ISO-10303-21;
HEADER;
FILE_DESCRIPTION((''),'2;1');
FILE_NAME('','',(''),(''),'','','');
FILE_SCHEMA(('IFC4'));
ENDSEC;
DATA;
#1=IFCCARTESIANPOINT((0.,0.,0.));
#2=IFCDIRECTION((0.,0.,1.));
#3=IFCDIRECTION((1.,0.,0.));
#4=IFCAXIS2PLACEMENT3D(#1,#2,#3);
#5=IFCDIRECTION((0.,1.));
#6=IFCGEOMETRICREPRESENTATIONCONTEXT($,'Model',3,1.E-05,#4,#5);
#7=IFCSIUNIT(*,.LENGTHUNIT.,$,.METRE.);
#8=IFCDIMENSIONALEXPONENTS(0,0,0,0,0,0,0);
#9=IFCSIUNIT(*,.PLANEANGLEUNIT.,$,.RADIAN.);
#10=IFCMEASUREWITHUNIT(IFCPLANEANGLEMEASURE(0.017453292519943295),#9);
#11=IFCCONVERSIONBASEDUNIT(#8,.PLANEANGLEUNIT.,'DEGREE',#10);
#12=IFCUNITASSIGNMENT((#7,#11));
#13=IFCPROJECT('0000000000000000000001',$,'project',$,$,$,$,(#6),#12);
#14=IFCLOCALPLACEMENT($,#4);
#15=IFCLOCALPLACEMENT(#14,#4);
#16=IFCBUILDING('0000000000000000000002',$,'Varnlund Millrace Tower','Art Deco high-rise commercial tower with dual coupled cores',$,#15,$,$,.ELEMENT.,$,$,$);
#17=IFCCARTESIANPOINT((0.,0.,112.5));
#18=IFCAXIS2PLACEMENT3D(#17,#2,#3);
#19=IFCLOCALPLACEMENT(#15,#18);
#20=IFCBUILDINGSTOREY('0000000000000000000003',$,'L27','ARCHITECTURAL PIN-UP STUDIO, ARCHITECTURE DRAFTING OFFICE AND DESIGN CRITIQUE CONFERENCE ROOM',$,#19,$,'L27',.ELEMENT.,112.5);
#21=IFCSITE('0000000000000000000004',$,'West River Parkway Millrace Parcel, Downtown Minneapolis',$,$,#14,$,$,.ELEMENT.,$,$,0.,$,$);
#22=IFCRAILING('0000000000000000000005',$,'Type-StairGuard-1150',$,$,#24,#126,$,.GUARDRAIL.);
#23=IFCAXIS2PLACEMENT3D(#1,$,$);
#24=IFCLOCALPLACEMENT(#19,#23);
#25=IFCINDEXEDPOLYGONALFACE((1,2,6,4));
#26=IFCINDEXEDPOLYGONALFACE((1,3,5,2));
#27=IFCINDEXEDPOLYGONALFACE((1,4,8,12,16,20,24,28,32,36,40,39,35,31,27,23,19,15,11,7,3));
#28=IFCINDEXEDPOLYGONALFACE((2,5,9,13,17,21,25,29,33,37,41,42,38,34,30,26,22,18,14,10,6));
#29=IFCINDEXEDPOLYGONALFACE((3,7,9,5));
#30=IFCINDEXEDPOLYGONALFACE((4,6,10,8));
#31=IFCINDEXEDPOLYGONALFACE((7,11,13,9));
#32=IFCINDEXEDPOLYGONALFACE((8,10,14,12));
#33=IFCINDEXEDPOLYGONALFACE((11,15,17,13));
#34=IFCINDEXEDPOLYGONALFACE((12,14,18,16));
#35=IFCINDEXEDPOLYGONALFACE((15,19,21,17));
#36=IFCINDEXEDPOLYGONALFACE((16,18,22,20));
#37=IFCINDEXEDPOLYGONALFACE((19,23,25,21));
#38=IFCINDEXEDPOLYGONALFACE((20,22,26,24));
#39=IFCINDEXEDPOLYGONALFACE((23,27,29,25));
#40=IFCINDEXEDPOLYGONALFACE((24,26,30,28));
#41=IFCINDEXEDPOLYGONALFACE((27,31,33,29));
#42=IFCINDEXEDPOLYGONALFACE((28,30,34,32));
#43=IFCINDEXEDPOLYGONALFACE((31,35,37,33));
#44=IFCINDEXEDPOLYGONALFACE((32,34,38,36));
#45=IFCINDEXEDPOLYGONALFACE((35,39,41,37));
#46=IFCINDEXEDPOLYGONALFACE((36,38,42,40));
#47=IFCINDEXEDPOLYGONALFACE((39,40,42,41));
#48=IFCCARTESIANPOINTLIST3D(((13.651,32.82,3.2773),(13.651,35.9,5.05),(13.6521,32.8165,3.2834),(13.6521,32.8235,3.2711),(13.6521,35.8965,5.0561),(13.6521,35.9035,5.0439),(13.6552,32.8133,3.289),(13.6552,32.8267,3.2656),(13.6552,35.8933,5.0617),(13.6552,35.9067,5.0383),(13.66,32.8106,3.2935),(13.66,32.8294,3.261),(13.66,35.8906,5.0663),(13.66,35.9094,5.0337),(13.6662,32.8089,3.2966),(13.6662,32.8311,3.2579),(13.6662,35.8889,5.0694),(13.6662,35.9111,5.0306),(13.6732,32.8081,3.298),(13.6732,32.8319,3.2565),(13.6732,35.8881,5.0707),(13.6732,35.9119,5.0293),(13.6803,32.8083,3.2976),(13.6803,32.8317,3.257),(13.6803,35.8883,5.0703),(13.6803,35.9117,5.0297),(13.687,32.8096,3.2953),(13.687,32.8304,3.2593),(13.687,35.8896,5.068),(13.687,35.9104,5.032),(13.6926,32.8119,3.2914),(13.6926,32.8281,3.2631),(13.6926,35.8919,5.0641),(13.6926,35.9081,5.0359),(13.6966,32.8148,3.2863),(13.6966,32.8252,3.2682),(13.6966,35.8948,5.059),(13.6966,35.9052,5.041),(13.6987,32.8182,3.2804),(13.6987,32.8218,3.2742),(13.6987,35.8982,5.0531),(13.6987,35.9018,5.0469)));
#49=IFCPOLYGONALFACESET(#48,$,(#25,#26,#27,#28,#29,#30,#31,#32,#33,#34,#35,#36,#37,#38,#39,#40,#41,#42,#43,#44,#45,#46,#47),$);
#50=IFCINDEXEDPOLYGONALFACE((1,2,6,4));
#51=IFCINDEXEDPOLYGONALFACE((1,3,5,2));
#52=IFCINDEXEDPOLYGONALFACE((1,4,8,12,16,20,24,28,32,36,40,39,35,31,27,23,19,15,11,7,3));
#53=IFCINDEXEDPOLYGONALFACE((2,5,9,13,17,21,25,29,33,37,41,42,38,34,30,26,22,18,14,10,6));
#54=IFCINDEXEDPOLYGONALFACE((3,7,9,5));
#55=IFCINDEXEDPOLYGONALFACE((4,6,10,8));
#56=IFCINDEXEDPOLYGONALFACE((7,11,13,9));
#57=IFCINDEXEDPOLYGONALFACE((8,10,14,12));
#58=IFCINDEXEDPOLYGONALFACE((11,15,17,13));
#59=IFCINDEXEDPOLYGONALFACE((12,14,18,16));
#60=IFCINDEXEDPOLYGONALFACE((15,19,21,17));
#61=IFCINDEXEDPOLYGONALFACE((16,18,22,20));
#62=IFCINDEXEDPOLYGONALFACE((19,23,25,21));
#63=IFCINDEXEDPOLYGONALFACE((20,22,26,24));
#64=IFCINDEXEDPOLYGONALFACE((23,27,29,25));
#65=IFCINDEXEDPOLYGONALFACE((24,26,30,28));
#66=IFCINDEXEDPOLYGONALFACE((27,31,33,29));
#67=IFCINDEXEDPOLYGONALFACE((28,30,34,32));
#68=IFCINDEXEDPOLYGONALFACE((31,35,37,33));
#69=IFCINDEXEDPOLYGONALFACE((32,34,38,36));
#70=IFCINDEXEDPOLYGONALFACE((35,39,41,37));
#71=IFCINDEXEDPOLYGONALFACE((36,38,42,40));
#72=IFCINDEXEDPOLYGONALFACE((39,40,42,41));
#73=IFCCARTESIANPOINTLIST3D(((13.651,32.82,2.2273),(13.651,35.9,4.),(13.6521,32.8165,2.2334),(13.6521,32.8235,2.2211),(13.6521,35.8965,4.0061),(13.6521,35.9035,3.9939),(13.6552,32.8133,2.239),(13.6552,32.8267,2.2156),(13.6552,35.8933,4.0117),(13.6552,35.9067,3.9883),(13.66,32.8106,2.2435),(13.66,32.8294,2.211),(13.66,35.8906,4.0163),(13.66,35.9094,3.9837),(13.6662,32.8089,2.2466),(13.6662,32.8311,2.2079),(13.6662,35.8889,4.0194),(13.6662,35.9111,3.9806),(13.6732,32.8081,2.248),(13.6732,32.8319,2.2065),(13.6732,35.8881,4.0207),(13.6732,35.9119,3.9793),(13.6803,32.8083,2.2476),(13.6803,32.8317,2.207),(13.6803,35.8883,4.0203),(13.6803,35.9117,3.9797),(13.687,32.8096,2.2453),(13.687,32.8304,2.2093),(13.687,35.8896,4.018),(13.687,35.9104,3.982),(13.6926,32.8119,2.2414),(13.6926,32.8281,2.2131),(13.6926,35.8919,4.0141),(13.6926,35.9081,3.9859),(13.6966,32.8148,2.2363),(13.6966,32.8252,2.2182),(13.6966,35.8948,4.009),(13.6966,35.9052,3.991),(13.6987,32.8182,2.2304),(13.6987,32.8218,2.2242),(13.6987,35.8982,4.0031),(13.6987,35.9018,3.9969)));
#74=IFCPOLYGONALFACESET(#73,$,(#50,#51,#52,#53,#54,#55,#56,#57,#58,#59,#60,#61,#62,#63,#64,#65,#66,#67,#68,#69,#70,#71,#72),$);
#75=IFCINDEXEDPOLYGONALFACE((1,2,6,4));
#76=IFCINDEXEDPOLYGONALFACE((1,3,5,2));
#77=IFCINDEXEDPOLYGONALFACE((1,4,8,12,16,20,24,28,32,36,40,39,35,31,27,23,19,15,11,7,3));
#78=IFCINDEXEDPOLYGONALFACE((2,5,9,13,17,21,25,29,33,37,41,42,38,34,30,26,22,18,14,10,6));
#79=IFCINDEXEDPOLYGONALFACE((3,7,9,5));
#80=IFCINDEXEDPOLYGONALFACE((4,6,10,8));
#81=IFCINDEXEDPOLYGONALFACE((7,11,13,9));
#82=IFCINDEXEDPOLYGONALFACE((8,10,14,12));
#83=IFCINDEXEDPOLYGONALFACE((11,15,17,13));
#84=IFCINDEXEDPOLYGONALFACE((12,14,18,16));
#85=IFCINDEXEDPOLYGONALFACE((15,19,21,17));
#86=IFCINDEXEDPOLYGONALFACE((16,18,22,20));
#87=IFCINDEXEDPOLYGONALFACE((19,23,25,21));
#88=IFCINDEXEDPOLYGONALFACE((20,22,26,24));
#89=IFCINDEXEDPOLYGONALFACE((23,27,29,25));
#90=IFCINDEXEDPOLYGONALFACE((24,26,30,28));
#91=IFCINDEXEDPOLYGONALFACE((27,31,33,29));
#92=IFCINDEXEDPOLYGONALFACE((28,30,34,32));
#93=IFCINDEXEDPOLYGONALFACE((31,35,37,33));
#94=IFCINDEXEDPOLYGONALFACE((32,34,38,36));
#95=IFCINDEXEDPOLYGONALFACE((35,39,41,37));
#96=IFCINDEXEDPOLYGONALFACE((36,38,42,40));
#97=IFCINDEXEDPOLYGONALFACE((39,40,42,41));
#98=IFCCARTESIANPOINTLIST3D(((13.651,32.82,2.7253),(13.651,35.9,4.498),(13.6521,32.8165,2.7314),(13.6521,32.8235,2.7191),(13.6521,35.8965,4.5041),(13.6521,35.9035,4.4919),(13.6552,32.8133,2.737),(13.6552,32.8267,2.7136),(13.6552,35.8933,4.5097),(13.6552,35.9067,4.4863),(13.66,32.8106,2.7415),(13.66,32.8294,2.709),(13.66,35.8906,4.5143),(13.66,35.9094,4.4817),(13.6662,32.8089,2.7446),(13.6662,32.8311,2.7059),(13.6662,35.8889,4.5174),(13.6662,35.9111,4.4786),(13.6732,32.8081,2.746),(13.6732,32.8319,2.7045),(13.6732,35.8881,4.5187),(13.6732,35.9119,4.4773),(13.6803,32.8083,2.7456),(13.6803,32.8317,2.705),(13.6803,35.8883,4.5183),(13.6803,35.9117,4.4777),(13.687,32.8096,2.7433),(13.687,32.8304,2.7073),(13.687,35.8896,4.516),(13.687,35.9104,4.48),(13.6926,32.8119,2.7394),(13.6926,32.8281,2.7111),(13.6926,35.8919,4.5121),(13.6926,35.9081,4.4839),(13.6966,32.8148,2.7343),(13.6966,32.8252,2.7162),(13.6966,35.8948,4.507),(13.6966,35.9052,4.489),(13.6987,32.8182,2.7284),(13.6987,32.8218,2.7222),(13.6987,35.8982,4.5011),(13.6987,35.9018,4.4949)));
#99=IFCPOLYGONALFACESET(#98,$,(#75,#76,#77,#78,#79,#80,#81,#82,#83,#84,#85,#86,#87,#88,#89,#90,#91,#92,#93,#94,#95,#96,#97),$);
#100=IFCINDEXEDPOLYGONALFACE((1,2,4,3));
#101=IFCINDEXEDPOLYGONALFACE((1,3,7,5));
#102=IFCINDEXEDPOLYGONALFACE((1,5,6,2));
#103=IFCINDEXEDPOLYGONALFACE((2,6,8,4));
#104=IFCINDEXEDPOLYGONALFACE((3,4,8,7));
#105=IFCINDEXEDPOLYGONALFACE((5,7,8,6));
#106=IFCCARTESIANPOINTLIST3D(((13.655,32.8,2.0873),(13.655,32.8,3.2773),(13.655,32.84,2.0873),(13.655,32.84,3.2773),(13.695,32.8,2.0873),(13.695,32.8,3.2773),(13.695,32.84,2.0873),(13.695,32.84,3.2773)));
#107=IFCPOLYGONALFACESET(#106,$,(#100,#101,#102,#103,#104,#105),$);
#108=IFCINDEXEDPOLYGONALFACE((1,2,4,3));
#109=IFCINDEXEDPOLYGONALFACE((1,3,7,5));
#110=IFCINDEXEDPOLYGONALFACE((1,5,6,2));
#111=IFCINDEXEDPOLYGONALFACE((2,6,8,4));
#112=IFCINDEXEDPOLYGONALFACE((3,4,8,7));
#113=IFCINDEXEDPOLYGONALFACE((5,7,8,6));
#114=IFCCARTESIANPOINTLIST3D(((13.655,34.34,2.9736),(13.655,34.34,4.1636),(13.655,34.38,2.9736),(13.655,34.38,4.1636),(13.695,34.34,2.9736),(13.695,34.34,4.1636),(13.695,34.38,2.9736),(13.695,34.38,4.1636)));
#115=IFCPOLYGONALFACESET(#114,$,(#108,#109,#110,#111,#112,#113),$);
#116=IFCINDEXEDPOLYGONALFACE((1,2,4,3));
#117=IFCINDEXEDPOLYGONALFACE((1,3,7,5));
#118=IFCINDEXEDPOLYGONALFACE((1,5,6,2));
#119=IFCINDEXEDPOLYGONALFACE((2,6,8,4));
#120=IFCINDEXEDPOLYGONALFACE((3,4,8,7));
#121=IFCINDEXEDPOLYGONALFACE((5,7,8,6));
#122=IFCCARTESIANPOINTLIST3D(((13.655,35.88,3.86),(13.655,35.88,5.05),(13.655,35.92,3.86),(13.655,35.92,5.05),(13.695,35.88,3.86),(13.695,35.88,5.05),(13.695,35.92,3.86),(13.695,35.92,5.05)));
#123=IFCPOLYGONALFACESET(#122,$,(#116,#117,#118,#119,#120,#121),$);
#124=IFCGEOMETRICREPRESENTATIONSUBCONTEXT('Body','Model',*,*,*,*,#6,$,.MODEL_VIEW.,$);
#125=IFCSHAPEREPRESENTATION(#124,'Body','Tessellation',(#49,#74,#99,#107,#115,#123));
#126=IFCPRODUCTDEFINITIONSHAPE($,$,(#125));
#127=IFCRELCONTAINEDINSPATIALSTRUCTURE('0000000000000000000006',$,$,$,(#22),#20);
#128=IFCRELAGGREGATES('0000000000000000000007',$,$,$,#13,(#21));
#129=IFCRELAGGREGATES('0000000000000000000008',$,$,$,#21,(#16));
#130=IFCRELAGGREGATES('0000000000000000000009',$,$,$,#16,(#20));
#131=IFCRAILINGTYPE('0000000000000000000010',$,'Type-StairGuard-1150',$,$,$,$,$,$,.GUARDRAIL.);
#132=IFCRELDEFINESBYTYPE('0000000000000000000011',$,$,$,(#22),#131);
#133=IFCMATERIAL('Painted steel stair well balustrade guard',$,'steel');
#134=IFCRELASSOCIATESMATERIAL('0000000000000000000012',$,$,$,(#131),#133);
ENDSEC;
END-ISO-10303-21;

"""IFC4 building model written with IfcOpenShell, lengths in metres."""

from ifc_helpers import new_model, entity, si_unit, converted_unit, direction, frame, origin_with_axes, origin_2d_with_axis, place, context, subcontext, project, spatial, rectangle, circle, extrude, material, type_object, element, save


model = new_model("IFC4")

# Units and contexts
model_context = context("Model", 3, precision=1e-05, world=origin_with_axes(), true_north=direction((0.0, 1.0)))
body_context = subcontext(model_context, "Body", "Model", "MODEL_VIEW")
ifc_project = project(units=[si_unit("LENGTHUNIT", "METRE"), converted_unit("PLANEANGLEUNIT", "DEGREE", entity("IfcPlaneAngleMeasure", 0.017453292519943295), si_unit("PLANEANGLEUNIT", "RADIAN"), dimensions=[0, 0, 0, 0, 0, 0, 0])], contexts=[model_context])

# Site, building, storey
site_placement = place(None, origin_with_axes())
site = spatial("IfcSite", under=ifc_project, at=site_placement, Name="West River Parkway Millrace Parcel, Downtown Minneapolis", CompositionType="ELEMENT", RefElevation=0.0)
building_placement = place(site_placement, origin_with_axes())
building = spatial("IfcBuilding", under=site, at=building_placement, Name="Varnlund Millrace Tower", Description="Art Deco high-rise commercial tower with dual coupled cores", CompositionType="ELEMENT")
storey_placement = place(building_placement, frame((0.0, 0.0, 112.5), z_axis=(0.0, 0.0, 1.0), x_axis=(1.0, 0.0, 0.0)))
storey = spatial("IfcBuildingStorey", under=building, at=storey_placement, Name="L27", Description="ARCHITECTURAL PIN-UP STUDIO, ARCHITECTURE DRAFTING OFFICE AND DESIGN CRITIQUE CONFERENCE ROOM", LongName="L27", CompositionType="ELEMENT", Elevation=112.5)

# Railing
ifc_material_1 = material(Name="Painted steel stair well balustrade guard", Category="steel")
railing_type_1 = type_object("IfcRailingType", Name="Type-StairGuard-1150", PredefinedType="GUARDRAIL", material=ifc_material_1)
railing_1_placement = place(storey_placement, frame((0.0, 0.0, -112.5), z_axis=(0.0, 0.0, 1.0), x_axis=(1.0, 0.0, 0.0)))
element("IfcRailing", 1, at=railing_1_placement, inside=storey, type_object=railing_type_1, Name="Type-StairGuard-1150", PredefinedType="GUARDRAIL", context=body_context, shape_type="SweptSolid", body=[
    extrude(circle(Radius=0.024, at=origin_2d_with_axis()), frame((13.675, 32.82, 115.7773), z_axis=(0.0, 0.866696, 0.498836), x_axis=(-1.0, 0.0, 0.0)), (0.0, 0.0, 1.0), 3.5537),
    extrude(circle(Radius=0.024, at=origin_2d_with_axis()), frame((13.675, 32.82, 114.7273), z_axis=(0.0, 0.866696, 0.498836), x_axis=(-1.0, 0.0, 0.0)), (0.0, 0.0, 1.0), 3.5537),
    extrude(circle(Radius=0.024, at=origin_2d_with_axis()), frame((13.675, 32.82, 115.2253), z_axis=(0.0, 0.866696, 0.498836), x_axis=(-1.0, 0.0, 0.0)), (0.0, 0.0, 1.0), 3.5537),
    extrude(rectangle(XDim=0.04, YDim=0.04, at=origin_2d_with_axis()), frame((13.675, 32.82, 114.5873), z_axis=(0.0, 0.0, 1.0), x_axis=(1.0, 0.0, 0.0)), (0.0, 0.0, 1.0), 1.19),
    extrude(rectangle(XDim=0.04, YDim=0.04, at=origin_2d_with_axis()), frame((13.675, 34.36, 115.4736), z_axis=(0.0, 0.0, 1.0), x_axis=(1.0, 0.0, 0.0)), (0.0, 0.0, 1.0), 1.19),
    extrude(rectangle(XDim=0.04, YDim=0.04, at=origin_2d_with_axis()), frame((13.675, 35.9, 116.36), z_axis=(0.0, 0.0, 1.0), x_axis=(1.0, 0.0, 0.0)), (0.0, 0.0, 1.0), 1.19),
])

save(model, "model.ifc")
